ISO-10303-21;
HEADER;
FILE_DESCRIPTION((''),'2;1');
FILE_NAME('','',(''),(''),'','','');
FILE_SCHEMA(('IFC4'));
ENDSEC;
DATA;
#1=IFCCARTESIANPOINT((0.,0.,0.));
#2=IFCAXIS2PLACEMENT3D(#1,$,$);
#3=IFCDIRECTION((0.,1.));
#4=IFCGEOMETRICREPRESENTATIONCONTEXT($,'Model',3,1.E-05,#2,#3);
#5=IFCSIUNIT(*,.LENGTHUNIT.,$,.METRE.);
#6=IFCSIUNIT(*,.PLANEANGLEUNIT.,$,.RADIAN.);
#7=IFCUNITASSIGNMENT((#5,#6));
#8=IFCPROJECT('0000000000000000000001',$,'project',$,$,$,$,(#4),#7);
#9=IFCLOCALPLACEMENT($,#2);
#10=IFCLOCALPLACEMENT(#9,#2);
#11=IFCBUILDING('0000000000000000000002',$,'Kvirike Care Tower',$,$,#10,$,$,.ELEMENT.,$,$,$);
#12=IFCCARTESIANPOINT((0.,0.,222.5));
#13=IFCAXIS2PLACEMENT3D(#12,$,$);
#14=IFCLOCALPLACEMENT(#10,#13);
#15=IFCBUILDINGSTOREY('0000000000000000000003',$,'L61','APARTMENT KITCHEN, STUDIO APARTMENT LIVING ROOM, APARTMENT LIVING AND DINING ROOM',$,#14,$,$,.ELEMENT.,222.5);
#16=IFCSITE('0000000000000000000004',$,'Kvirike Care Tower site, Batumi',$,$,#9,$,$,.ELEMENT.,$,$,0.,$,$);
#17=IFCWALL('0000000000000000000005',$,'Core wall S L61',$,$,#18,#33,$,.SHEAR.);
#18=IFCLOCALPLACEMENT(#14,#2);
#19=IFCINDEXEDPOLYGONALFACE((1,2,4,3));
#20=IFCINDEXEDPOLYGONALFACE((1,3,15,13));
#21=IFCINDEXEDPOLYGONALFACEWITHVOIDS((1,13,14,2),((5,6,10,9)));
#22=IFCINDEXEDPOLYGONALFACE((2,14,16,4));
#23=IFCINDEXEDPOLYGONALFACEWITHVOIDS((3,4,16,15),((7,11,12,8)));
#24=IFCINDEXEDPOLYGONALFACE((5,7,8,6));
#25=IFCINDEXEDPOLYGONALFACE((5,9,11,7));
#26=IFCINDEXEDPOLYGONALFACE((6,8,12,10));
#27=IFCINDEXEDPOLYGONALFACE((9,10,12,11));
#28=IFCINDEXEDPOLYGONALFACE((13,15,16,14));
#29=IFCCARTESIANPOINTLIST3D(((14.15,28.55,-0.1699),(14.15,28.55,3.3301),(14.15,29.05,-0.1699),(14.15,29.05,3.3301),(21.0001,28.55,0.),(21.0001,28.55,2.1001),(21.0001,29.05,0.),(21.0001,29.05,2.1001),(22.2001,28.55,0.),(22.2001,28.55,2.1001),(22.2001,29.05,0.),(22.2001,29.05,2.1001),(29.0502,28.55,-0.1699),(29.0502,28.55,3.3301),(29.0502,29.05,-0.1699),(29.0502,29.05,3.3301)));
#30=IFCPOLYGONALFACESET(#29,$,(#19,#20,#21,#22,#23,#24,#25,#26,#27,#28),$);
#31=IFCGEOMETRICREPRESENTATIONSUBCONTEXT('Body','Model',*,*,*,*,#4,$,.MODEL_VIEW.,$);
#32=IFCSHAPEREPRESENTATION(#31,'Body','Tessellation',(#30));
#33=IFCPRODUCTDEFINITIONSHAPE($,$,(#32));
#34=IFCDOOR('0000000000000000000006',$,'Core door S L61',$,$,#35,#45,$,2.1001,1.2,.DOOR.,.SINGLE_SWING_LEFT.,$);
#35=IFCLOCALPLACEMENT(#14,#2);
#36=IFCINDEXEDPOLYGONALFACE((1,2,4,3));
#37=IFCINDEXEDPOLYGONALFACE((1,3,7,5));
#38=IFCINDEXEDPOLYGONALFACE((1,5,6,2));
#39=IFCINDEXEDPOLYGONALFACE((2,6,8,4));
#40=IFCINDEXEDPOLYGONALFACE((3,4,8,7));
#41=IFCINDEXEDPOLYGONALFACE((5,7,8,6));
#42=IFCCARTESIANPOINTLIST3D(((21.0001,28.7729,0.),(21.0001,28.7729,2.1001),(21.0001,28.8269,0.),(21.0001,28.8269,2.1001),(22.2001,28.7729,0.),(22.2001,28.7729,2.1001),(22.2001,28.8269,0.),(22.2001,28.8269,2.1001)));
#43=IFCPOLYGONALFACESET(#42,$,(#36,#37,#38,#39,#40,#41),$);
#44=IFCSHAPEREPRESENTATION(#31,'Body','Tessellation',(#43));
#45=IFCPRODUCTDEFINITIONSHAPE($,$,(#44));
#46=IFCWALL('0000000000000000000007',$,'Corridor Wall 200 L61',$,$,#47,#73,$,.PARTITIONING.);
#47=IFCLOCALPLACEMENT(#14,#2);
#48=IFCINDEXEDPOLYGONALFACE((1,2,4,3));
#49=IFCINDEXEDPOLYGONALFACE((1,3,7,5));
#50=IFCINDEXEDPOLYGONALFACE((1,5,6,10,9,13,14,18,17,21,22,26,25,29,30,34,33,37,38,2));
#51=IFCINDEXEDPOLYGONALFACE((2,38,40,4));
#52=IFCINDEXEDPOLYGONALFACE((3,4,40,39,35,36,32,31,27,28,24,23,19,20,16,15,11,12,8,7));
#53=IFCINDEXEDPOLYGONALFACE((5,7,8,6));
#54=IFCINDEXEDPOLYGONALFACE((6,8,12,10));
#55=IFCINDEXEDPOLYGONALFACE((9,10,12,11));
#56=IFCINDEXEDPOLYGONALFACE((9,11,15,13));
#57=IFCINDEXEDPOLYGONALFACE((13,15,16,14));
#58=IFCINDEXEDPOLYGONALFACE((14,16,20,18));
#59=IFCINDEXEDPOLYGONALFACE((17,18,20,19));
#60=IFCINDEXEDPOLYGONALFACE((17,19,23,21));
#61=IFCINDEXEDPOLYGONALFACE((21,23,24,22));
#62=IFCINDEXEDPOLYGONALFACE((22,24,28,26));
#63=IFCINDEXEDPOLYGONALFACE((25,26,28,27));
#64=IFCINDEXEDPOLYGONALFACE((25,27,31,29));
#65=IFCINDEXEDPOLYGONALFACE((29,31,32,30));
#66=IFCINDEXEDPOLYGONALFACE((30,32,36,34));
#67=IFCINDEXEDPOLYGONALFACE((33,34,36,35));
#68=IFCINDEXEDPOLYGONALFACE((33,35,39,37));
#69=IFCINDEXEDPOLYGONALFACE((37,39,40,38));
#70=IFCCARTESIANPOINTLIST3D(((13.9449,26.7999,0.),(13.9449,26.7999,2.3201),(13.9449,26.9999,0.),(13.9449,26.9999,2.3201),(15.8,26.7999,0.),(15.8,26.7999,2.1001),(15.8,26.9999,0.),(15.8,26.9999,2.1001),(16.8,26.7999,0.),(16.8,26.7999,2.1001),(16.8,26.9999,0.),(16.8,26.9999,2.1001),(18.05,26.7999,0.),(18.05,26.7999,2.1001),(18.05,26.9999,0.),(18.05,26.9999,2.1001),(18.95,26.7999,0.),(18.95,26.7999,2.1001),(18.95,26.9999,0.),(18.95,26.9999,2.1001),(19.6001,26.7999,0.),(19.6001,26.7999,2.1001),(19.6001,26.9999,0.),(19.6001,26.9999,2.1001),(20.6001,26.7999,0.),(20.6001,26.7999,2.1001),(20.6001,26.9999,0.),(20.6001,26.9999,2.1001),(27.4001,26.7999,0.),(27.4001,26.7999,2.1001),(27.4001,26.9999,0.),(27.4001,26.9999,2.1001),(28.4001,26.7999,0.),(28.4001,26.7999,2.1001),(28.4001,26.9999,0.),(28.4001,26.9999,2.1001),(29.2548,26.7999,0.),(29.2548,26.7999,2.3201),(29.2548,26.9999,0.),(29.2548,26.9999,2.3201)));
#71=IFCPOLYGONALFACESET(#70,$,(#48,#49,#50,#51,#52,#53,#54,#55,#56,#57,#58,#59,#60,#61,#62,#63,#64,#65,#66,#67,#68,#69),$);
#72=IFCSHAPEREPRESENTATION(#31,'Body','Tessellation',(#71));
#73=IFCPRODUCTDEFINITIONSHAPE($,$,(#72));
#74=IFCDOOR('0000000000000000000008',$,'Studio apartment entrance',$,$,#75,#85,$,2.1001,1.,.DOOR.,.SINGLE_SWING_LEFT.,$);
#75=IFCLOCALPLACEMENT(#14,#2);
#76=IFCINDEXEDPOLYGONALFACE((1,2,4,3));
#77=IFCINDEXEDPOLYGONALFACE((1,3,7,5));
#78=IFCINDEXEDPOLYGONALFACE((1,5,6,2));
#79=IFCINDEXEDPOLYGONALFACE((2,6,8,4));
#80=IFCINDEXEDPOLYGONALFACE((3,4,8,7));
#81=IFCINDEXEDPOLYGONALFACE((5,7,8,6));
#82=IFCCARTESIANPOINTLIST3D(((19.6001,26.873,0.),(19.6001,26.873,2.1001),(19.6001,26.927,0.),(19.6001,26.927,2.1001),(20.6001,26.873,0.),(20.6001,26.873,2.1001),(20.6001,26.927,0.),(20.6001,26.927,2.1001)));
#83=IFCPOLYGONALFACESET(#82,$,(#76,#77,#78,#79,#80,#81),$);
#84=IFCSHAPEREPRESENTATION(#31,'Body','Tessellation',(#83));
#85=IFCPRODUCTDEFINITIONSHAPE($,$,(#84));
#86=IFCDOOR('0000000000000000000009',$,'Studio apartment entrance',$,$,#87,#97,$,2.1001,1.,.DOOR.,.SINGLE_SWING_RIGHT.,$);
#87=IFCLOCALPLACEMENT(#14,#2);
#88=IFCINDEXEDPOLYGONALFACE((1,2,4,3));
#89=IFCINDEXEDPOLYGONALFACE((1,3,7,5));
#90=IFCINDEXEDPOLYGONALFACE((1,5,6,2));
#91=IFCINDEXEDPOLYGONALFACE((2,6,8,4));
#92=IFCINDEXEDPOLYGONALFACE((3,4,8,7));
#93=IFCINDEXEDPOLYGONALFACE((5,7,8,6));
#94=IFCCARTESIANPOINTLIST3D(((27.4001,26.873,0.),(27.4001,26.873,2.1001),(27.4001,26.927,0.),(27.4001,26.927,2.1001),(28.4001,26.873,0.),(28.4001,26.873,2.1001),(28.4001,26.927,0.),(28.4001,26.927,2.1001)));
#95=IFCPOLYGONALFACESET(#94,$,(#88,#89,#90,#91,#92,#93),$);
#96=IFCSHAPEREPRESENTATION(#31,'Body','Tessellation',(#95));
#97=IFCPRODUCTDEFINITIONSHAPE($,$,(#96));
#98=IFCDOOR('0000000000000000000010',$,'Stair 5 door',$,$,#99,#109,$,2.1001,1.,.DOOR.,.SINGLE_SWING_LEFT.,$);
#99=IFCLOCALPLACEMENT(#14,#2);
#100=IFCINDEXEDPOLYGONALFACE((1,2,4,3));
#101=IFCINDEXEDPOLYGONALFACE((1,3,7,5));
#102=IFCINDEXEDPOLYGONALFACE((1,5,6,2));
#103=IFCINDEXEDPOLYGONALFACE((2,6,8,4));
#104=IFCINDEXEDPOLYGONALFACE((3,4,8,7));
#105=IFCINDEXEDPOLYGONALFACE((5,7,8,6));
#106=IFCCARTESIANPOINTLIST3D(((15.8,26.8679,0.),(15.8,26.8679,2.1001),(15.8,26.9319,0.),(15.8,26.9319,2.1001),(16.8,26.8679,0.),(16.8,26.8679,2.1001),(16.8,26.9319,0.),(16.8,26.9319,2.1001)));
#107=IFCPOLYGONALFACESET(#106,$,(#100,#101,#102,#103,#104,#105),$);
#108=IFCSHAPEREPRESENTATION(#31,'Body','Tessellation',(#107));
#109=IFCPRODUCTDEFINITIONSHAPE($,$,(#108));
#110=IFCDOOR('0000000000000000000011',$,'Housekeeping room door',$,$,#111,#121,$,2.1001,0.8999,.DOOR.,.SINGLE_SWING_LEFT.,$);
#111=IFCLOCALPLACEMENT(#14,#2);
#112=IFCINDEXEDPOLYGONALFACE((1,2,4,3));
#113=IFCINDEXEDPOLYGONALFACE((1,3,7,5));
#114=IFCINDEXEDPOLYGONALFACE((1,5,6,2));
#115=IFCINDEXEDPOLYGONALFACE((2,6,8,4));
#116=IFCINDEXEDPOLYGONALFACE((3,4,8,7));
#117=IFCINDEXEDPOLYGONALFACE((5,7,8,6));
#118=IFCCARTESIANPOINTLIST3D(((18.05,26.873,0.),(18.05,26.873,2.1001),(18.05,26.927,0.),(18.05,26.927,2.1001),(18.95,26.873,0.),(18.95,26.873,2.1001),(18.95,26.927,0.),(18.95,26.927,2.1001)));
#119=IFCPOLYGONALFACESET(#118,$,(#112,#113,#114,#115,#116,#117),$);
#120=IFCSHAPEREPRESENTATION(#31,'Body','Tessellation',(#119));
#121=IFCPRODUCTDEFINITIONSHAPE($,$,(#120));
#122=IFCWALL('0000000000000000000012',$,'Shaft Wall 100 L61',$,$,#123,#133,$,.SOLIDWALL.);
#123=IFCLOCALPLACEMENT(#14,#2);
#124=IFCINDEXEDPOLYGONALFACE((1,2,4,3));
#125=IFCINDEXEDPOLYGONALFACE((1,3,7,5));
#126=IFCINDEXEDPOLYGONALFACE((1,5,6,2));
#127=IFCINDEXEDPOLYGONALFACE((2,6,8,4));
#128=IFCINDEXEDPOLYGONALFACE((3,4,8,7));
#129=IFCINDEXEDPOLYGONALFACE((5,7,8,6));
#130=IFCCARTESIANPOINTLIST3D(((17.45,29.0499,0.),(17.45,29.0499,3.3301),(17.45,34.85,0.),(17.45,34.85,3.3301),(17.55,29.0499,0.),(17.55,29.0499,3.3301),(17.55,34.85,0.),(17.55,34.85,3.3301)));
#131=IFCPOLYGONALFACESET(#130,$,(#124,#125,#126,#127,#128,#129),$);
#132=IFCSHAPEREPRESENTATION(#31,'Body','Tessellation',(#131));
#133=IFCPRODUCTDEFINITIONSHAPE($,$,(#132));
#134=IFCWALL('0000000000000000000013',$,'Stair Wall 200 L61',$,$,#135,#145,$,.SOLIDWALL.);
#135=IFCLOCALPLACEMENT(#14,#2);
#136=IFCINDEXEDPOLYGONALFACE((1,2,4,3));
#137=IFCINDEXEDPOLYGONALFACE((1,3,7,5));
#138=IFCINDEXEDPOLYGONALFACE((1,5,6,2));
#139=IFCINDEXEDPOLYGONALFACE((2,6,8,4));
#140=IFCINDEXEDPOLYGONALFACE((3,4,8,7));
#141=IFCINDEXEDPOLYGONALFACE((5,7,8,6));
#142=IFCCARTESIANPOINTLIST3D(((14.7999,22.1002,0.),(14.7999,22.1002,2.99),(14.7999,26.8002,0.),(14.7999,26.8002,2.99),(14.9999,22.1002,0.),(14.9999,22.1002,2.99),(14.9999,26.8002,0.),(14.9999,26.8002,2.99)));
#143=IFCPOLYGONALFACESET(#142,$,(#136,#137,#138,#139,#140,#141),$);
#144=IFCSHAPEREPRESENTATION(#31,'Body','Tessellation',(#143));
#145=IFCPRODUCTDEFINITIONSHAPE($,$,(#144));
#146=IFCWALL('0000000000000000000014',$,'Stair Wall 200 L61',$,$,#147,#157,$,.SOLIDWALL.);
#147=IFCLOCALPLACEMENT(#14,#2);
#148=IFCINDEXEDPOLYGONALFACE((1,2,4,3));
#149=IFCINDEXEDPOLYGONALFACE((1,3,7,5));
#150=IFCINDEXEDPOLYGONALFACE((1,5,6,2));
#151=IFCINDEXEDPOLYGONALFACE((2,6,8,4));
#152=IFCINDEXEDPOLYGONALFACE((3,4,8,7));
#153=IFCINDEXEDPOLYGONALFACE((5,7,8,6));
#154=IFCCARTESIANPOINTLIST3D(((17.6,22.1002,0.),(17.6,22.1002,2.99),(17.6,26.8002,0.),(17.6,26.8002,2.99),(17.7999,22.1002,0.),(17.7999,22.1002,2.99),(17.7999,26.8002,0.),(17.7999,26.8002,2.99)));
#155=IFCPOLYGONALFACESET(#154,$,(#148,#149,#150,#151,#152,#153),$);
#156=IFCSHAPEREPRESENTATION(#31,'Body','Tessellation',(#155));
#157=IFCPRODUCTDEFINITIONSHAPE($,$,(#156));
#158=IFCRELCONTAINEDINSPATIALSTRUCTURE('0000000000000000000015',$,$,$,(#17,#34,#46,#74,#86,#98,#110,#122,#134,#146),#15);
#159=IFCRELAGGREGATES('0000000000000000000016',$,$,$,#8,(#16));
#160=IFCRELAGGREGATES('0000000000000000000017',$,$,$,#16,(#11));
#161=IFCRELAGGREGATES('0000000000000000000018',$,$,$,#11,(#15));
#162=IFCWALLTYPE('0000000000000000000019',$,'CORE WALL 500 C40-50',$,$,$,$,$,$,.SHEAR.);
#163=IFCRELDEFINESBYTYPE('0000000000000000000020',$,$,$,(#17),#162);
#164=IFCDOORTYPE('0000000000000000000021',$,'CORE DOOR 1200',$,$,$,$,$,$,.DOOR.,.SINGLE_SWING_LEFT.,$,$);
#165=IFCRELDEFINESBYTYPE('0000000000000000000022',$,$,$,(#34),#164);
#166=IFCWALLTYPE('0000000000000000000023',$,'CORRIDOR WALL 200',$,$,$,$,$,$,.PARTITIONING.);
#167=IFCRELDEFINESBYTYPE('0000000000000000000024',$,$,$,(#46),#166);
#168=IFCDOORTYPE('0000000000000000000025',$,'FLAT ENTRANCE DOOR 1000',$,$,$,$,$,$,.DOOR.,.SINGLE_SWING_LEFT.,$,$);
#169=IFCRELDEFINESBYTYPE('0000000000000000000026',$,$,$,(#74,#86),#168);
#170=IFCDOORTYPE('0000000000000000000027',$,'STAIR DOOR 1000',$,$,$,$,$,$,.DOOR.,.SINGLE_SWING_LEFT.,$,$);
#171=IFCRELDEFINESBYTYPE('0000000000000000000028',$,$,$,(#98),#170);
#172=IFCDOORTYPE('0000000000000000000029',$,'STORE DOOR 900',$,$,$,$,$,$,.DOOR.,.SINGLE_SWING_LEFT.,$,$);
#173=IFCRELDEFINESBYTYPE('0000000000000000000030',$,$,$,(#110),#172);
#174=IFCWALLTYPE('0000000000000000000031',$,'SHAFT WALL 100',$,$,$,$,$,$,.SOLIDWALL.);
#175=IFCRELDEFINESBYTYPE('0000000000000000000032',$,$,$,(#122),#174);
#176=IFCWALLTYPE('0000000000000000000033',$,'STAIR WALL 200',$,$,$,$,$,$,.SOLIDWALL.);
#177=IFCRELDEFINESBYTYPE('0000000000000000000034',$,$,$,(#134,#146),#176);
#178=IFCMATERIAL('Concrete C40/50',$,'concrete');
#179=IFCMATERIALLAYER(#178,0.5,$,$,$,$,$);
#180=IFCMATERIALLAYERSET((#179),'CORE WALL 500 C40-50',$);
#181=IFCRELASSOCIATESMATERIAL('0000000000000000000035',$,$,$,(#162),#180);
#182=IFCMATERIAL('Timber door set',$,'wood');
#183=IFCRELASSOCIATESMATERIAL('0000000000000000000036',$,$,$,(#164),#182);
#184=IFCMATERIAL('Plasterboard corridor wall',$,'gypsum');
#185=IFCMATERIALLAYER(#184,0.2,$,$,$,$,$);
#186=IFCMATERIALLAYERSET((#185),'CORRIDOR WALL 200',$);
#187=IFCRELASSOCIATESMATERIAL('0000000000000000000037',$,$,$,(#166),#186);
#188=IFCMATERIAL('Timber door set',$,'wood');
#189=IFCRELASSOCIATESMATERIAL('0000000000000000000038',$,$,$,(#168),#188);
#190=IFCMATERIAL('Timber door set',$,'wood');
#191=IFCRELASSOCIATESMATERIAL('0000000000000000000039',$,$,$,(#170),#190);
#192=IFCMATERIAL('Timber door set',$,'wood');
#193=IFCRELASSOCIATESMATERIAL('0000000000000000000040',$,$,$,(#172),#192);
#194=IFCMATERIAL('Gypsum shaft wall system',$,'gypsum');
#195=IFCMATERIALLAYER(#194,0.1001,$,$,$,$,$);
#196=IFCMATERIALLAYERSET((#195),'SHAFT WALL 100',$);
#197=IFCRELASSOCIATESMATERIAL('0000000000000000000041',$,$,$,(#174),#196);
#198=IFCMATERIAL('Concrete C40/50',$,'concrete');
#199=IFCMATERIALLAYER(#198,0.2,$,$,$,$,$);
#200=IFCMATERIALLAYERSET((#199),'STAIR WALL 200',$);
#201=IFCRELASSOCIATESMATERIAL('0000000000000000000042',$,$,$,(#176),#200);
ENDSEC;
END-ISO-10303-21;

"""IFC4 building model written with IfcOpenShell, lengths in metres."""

from ifc_helpers import new_model, si_unit, direction, frame, frame_2d, origin, place, context, subcontext, project, spatial, rectangle, extrude, material, layer, layer_set, type_object, element, fill, save


model = new_model("IFC4")

# Units and contexts
model_context = context("Model", 3, precision=1e-05, world=origin(), true_north=direction((0.0, 1.0)))
body_context = subcontext(model_context, "Body", "Model", "MODEL_VIEW")
ifc_project = project(units=[si_unit("LENGTHUNIT", "METRE"), si_unit("PLANEANGLEUNIT", "RADIAN")], contexts=[model_context])

# Site, building, storey
site_placement = place(None, origin())
site = spatial("IfcSite", under=ifc_project, at=site_placement, Name="Kvirike Care Tower site, Batumi", CompositionType="ELEMENT", RefElevation=0.0)
building_placement = place(site_placement, origin())
building = spatial("IfcBuilding", under=site, at=building_placement, Name="Kvirike Care Tower", CompositionType="ELEMENT")
storey_placement = place(building_placement, frame((0.0, 0.0, 222.5)))
storey = spatial("IfcBuildingStorey", under=building, at=storey_placement, Name="L61", Description="APARTMENT KITCHEN, STUDIO APARTMENT LIVING ROOM, APARTMENT LIVING AND DINING ROOM", CompositionType="ELEMENT", Elevation=222.5)

# Wall, opening, door
ifc_material_1 = material(Name="Concrete C40/50", Category="concrete")
ifc_layer_1 = layer(ifc_material_1, 0.5)
ifc_layer_set_1 = layer_set([ifc_layer_1], Name="CORE WALL 500 C40-50")
wall_type_1 = type_object("IfcWallType", Name="CORE WALL 500 C40-50", PredefinedType="SHEAR", material=ifc_layer_set_1)
wall_1_placement = place(storey_placement, frame((14.1499, 28.8, -0.1699), z_axis=(0.0, 0.0, 1.0), x_axis=(1.0, 0.0, 0.0)))
wall_1 = element("IfcWall", 1, at=wall_1_placement, inside=storey, type_object=wall_type_1, Name="Core wall S L61", PredefinedType="SHEAR", context=body_context, shape_type="SweptSolid", body=[
    extrude(rectangle(XDim=14.9001, YDim=0.5, at=frame_2d((7.4502, 0.0))), origin(), (0.0, 0.0, 1.0), 3.5),
])
opening_1_placement = place(wall_1_placement, frame((6.8501, 0.0, 0.1699)))
opening_1 = element("IfcOpeningElement", 2, at=opening_1_placement, cuts=wall_1, PredefinedType="OPENING", context=body_context, shape_type="SweptSolid", body=[
    extrude(rectangle(XDim=1.2, YDim=2.1001, at=frame_2d((0.6001, 1.05))), frame((0.0, 0.2605, 0.0), z_axis=(0.0, -1.0, 0.0), x_axis=(1.0, 0.0, 0.0)), (0.0, 0.0, 1.0), 0.521),
])
ifc_material_2 = material(Name="Timber door set", Category="wood")
door_type_1 = type_object("IfcDoorType", Name="CORE DOOR 1200", OperationType="SINGLE_SWING_LEFT", PredefinedType="DOOR", material=ifc_material_2)
door_1_placement = place(opening_1_placement, origin())
door_1 = element("IfcDoor", 3, at=door_1_placement, inside=storey, type_object=door_type_1, Name="Core door S L61", OperationType="SINGLE_SWING_LEFT", OverallHeight=2.1001, OverallWidth=1.2, PredefinedType="DOOR", context=body_context, shape_type="SweptSolid", body=[
    extrude(rectangle(XDim=1.2, YDim=2.1001, at=frame_2d((0.6001, 1.05))), frame((0.0, 0.0269, 0.0), z_axis=(0.0, -1.0, 0.0), x_axis=(1.0, 0.0, 0.0)), (0.0, 0.0, 1.0), 0.054),
])
fill(opening_1, door_1)

# Wall, openings, doors
ifc_material_3 = material(Name="Plasterboard corridor wall", Category="gypsum")
ifc_layer_2 = layer(ifc_material_3, 0.2)
ifc_layer_set_2 = layer_set([ifc_layer_2], Name="CORRIDOR WALL 200")
wall_type_2 = type_object("IfcWallType", Name="CORRIDOR WALL 200", PredefinedType="PARTITIONING", material=ifc_layer_set_2)
wall_2_placement = place(storey_placement, frame((13.9451, 26.8999, 0.0), z_axis=(0.0, 0.0, 1.0), x_axis=(1.0, 0.0, 0.0)))
wall_2 = element("IfcWall", 4, at=wall_2_placement, inside=storey, type_object=wall_type_2, Name="Corridor Wall 200 L61", PredefinedType="PARTITIONING", context=body_context, shape_type="SweptSolid", body=[
    extrude(rectangle(XDim=15.3098, YDim=0.2, at=frame_2d((7.6548, 0.0))), origin(), (0.0, 0.0, 1.0), 2.3201),
])
opening_2_placement = place(wall_2_placement, frame((1.855, 0.0, 0.0)))
opening_2 = element("IfcOpeningElement", 5, at=opening_2_placement, cuts=wall_2, PredefinedType="OPENING", context=body_context, shape_type="SweptSolid", body=[
    extrude(rectangle(XDim=1.0, YDim=2.1001, at=frame_2d((0.5, 1.05))), frame((0.0, 0.1106, 0.0), z_axis=(0.0, -1.0, 0.0), x_axis=(1.0, 0.0, 0.0)), (0.0, 0.0, 1.0), 0.2209),
])
opening_3_placement = place(wall_2_placement, frame((4.105, 0.0, 0.0)))
opening_3 = element("IfcOpeningElement", 6, at=opening_3_placement, cuts=wall_2, PredefinedType="OPENING", context=body_context, shape_type="SweptSolid", body=[
    extrude(rectangle(XDim=0.8999, YDim=2.1001, at=frame_2d((0.45, 1.05))), frame((0.0, 0.1106, 0.0), z_axis=(0.0, -1.0, 0.0), x_axis=(1.0, 0.0, 0.0)), (0.0, 0.0, 1.0), 0.2209),
])
opening_4_placement = place(wall_2_placement, frame((5.655, 0.0, 0.0)))
opening_4 = element("IfcOpeningElement", 7, at=opening_4_placement, cuts=wall_2, PredefinedType="OPENING", context=body_context, shape_type="SweptSolid", body=[
    extrude(rectangle(XDim=1.0, YDim=2.1001, at=frame_2d((0.5, 1.05))), frame((0.0, 0.1106, 0.0), z_axis=(0.0, -1.0, 0.0), x_axis=(1.0, 0.0, 0.0)), (0.0, 0.0, 1.0), 0.2209),
])
opening_5_placement = place(wall_2_placement, frame((13.4551, 0.0, 0.0)))
opening_5 = element("IfcOpeningElement", 8, at=opening_5_placement, cuts=wall_2, PredefinedType="OPENING", context=body_context, shape_type="SweptSolid", body=[
    extrude(rectangle(XDim=1.0, YDim=2.1001, at=frame_2d((0.5, 1.05))), frame((0.0, 0.1106, 0.0), z_axis=(0.0, -1.0, 0.0), x_axis=(1.0, 0.0, 0.0)), (0.0, 0.0, 1.0), 0.2209),
])
ifc_material_4 = material(Name="Timber door set", Category="wood")
door_type_2 = type_object("IfcDoorType", Name="FLAT ENTRANCE DOOR 1000", OperationType="SINGLE_SWING_LEFT", PredefinedType="DOOR", material=ifc_material_4)
door_2_placement = place(opening_4_placement, frame((1.0, 0.0, 0.0), z_axis=(0.0, 0.0, 1.0), x_axis=(-1.0, 0.0, 0.0)))
door_2 = element("IfcDoor", 9, at=door_2_placement, inside=storey, type_object=door_type_2, Name="Studio apartment entrance", OperationType="SINGLE_SWING_LEFT", OverallHeight=2.1001, OverallWidth=1.0, PredefinedType="DOOR", context=body_context, shape_type="SweptSolid", body=[
    extrude(rectangle(XDim=1.0, YDim=2.1001, at=frame_2d((0.5, 1.05))), frame((0.0, 0.0269, 0.0), z_axis=(0.0, -1.0, 0.0), x_axis=(1.0, 0.0, 0.0)), (0.0, 0.0, 1.0), 0.054),
])
fill(opening_4, door_2)
door_3_placement = place(opening_5_placement, frame((1.0, 0.0, 0.0), z_axis=(0.0, 0.0, 1.0), x_axis=(-1.0, 0.0, 0.0)))
door_3 = element("IfcDoor", 10, at=door_3_placement, inside=storey, type_object=door_type_2, Name="Studio apartment entrance", OperationType="SINGLE_SWING_RIGHT", OverallHeight=2.1001, OverallWidth=1.0, PredefinedType="DOOR", context=body_context, shape_type="SweptSolid", body=[
    extrude(rectangle(XDim=1.0, YDim=2.1001, at=frame_2d((0.5, 1.05))), frame((0.0, 0.0269, 0.0), z_axis=(0.0, -1.0, 0.0), x_axis=(1.0, 0.0, 0.0)), (0.0, 0.0, 1.0), 0.054),
])
fill(opening_5, door_3)
ifc_material_5 = material(Name="Timber door set", Category="wood")
door_type_3 = type_object("IfcDoorType", Name="STAIR DOOR 1000", OperationType="SINGLE_SWING_LEFT", PredefinedType="DOOR", material=ifc_material_5)
door_4_placement = place(opening_2_placement, frame((1.0, 0.0, 0.0), z_axis=(0.0, 0.0, 1.0), x_axis=(-1.0, 0.0, 0.0)))
door_4 = element("IfcDoor", 11, at=door_4_placement, inside=storey, type_object=door_type_3, Name="Stair 5 door", OperationType="SINGLE_SWING_LEFT", OverallHeight=2.1001, OverallWidth=1.0, PredefinedType="DOOR", context=body_context, shape_type="SweptSolid", body=[
    extrude(rectangle(XDim=1.0, YDim=2.1001, at=frame_2d((0.5, 1.05))), frame((0.0, 0.032, 0.0), z_axis=(0.0, -1.0, 0.0), x_axis=(1.0, 0.0, 0.0)), (0.0, 0.0, 1.0), 0.064),
])
fill(opening_2, door_4)
ifc_material_6 = material(Name="Timber door set", Category="wood")
door_type_4 = type_object("IfcDoorType", Name="STORE DOOR 900", OperationType="SINGLE_SWING_LEFT", PredefinedType="DOOR", material=ifc_material_6)
door_5_placement = place(opening_3_placement, frame((0.8999, 0.0, 0.0), z_axis=(0.0, 0.0, 1.0), x_axis=(-1.0, 0.0, 0.0)))
door_5 = element("IfcDoor", 12, at=door_5_placement, inside=storey, type_object=door_type_4, Name="Housekeeping room door", OperationType="SINGLE_SWING_LEFT", OverallHeight=2.1001, OverallWidth=0.8999, PredefinedType="DOOR", context=body_context, shape_type="SweptSolid", body=[
    extrude(rectangle(XDim=0.8999, YDim=2.1001, at=frame_2d((0.45, 1.05))), frame((0.0, 0.0269, 0.0), z_axis=(0.0, -1.0, 0.0), x_axis=(1.0, 0.0, 0.0)), (0.0, 0.0, 1.0), 0.054),
])
fill(opening_3, door_5)

# Walls
ifc_material_7 = material(Name="Gypsum shaft wall system", Category="gypsum")
ifc_layer_3 = layer(ifc_material_7, 0.1001)
ifc_layer_set_3 = layer_set([ifc_layer_3], Name="SHAFT WALL 100")
wall_type_3 = type_object("IfcWallType", Name="SHAFT WALL 100", PredefinedType="SOLIDWALL", material=ifc_layer_set_3)
wall_3_placement = place(storey_placement, frame((17.5, 29.05, 0.0), z_axis=(0.0, 0.0, 1.0), x_axis=(0.0, 1.0, 0.0)))
element("IfcWall", 13, at=wall_3_placement, inside=storey, type_object=wall_type_3, Name="Shaft Wall 100 L61", PredefinedType="SOLIDWALL", context=body_context, shape_type="SweptSolid", body=[
    extrude(rectangle(XDim=5.8, YDim=0.1001, at=frame_2d((2.8999, 0.0))), origin(), (0.0, 0.0, 1.0), 3.3301),
])
ifc_material_8 = material(Name="Concrete C40/50", Category="concrete")
ifc_layer_4 = layer(ifc_material_8, 0.2)
ifc_layer_set_4 = layer_set([ifc_layer_4], Name="STAIR WALL 200")
wall_type_4 = type_object("IfcWallType", Name="STAIR WALL 200", PredefinedType="SOLIDWALL", material=ifc_layer_set_4)
for number, where, z_axis, x_axis, name in (
    (14, (14.8999, 22.1001, 0.0), (0.0, 0.0, 1.0), (0.0, 1.0, 0.0), "Stair Wall 200 L61"),
    (15, (17.7, 22.1001, 0.0), (0.0, 0.0, 1.0), (0.0, 1.0, 0.0), "Stair Wall 200 L61"),
):
    element("IfcWall", number, at=place(storey_placement, frame(where, z_axis=z_axis, x_axis=x_axis)), inside=storey, type_object=wall_type_4, Name=name, PredefinedType="SOLIDWALL", context=body_context, shape_type="SweptSolid", body=[
        extrude(rectangle(XDim=4.7, YDim=0.2, at=frame_2d((2.3501, 0.0))), origin(), (0.0, 0.0, 1.0), 2.99),
    ])

save(model, "model.ifc")
